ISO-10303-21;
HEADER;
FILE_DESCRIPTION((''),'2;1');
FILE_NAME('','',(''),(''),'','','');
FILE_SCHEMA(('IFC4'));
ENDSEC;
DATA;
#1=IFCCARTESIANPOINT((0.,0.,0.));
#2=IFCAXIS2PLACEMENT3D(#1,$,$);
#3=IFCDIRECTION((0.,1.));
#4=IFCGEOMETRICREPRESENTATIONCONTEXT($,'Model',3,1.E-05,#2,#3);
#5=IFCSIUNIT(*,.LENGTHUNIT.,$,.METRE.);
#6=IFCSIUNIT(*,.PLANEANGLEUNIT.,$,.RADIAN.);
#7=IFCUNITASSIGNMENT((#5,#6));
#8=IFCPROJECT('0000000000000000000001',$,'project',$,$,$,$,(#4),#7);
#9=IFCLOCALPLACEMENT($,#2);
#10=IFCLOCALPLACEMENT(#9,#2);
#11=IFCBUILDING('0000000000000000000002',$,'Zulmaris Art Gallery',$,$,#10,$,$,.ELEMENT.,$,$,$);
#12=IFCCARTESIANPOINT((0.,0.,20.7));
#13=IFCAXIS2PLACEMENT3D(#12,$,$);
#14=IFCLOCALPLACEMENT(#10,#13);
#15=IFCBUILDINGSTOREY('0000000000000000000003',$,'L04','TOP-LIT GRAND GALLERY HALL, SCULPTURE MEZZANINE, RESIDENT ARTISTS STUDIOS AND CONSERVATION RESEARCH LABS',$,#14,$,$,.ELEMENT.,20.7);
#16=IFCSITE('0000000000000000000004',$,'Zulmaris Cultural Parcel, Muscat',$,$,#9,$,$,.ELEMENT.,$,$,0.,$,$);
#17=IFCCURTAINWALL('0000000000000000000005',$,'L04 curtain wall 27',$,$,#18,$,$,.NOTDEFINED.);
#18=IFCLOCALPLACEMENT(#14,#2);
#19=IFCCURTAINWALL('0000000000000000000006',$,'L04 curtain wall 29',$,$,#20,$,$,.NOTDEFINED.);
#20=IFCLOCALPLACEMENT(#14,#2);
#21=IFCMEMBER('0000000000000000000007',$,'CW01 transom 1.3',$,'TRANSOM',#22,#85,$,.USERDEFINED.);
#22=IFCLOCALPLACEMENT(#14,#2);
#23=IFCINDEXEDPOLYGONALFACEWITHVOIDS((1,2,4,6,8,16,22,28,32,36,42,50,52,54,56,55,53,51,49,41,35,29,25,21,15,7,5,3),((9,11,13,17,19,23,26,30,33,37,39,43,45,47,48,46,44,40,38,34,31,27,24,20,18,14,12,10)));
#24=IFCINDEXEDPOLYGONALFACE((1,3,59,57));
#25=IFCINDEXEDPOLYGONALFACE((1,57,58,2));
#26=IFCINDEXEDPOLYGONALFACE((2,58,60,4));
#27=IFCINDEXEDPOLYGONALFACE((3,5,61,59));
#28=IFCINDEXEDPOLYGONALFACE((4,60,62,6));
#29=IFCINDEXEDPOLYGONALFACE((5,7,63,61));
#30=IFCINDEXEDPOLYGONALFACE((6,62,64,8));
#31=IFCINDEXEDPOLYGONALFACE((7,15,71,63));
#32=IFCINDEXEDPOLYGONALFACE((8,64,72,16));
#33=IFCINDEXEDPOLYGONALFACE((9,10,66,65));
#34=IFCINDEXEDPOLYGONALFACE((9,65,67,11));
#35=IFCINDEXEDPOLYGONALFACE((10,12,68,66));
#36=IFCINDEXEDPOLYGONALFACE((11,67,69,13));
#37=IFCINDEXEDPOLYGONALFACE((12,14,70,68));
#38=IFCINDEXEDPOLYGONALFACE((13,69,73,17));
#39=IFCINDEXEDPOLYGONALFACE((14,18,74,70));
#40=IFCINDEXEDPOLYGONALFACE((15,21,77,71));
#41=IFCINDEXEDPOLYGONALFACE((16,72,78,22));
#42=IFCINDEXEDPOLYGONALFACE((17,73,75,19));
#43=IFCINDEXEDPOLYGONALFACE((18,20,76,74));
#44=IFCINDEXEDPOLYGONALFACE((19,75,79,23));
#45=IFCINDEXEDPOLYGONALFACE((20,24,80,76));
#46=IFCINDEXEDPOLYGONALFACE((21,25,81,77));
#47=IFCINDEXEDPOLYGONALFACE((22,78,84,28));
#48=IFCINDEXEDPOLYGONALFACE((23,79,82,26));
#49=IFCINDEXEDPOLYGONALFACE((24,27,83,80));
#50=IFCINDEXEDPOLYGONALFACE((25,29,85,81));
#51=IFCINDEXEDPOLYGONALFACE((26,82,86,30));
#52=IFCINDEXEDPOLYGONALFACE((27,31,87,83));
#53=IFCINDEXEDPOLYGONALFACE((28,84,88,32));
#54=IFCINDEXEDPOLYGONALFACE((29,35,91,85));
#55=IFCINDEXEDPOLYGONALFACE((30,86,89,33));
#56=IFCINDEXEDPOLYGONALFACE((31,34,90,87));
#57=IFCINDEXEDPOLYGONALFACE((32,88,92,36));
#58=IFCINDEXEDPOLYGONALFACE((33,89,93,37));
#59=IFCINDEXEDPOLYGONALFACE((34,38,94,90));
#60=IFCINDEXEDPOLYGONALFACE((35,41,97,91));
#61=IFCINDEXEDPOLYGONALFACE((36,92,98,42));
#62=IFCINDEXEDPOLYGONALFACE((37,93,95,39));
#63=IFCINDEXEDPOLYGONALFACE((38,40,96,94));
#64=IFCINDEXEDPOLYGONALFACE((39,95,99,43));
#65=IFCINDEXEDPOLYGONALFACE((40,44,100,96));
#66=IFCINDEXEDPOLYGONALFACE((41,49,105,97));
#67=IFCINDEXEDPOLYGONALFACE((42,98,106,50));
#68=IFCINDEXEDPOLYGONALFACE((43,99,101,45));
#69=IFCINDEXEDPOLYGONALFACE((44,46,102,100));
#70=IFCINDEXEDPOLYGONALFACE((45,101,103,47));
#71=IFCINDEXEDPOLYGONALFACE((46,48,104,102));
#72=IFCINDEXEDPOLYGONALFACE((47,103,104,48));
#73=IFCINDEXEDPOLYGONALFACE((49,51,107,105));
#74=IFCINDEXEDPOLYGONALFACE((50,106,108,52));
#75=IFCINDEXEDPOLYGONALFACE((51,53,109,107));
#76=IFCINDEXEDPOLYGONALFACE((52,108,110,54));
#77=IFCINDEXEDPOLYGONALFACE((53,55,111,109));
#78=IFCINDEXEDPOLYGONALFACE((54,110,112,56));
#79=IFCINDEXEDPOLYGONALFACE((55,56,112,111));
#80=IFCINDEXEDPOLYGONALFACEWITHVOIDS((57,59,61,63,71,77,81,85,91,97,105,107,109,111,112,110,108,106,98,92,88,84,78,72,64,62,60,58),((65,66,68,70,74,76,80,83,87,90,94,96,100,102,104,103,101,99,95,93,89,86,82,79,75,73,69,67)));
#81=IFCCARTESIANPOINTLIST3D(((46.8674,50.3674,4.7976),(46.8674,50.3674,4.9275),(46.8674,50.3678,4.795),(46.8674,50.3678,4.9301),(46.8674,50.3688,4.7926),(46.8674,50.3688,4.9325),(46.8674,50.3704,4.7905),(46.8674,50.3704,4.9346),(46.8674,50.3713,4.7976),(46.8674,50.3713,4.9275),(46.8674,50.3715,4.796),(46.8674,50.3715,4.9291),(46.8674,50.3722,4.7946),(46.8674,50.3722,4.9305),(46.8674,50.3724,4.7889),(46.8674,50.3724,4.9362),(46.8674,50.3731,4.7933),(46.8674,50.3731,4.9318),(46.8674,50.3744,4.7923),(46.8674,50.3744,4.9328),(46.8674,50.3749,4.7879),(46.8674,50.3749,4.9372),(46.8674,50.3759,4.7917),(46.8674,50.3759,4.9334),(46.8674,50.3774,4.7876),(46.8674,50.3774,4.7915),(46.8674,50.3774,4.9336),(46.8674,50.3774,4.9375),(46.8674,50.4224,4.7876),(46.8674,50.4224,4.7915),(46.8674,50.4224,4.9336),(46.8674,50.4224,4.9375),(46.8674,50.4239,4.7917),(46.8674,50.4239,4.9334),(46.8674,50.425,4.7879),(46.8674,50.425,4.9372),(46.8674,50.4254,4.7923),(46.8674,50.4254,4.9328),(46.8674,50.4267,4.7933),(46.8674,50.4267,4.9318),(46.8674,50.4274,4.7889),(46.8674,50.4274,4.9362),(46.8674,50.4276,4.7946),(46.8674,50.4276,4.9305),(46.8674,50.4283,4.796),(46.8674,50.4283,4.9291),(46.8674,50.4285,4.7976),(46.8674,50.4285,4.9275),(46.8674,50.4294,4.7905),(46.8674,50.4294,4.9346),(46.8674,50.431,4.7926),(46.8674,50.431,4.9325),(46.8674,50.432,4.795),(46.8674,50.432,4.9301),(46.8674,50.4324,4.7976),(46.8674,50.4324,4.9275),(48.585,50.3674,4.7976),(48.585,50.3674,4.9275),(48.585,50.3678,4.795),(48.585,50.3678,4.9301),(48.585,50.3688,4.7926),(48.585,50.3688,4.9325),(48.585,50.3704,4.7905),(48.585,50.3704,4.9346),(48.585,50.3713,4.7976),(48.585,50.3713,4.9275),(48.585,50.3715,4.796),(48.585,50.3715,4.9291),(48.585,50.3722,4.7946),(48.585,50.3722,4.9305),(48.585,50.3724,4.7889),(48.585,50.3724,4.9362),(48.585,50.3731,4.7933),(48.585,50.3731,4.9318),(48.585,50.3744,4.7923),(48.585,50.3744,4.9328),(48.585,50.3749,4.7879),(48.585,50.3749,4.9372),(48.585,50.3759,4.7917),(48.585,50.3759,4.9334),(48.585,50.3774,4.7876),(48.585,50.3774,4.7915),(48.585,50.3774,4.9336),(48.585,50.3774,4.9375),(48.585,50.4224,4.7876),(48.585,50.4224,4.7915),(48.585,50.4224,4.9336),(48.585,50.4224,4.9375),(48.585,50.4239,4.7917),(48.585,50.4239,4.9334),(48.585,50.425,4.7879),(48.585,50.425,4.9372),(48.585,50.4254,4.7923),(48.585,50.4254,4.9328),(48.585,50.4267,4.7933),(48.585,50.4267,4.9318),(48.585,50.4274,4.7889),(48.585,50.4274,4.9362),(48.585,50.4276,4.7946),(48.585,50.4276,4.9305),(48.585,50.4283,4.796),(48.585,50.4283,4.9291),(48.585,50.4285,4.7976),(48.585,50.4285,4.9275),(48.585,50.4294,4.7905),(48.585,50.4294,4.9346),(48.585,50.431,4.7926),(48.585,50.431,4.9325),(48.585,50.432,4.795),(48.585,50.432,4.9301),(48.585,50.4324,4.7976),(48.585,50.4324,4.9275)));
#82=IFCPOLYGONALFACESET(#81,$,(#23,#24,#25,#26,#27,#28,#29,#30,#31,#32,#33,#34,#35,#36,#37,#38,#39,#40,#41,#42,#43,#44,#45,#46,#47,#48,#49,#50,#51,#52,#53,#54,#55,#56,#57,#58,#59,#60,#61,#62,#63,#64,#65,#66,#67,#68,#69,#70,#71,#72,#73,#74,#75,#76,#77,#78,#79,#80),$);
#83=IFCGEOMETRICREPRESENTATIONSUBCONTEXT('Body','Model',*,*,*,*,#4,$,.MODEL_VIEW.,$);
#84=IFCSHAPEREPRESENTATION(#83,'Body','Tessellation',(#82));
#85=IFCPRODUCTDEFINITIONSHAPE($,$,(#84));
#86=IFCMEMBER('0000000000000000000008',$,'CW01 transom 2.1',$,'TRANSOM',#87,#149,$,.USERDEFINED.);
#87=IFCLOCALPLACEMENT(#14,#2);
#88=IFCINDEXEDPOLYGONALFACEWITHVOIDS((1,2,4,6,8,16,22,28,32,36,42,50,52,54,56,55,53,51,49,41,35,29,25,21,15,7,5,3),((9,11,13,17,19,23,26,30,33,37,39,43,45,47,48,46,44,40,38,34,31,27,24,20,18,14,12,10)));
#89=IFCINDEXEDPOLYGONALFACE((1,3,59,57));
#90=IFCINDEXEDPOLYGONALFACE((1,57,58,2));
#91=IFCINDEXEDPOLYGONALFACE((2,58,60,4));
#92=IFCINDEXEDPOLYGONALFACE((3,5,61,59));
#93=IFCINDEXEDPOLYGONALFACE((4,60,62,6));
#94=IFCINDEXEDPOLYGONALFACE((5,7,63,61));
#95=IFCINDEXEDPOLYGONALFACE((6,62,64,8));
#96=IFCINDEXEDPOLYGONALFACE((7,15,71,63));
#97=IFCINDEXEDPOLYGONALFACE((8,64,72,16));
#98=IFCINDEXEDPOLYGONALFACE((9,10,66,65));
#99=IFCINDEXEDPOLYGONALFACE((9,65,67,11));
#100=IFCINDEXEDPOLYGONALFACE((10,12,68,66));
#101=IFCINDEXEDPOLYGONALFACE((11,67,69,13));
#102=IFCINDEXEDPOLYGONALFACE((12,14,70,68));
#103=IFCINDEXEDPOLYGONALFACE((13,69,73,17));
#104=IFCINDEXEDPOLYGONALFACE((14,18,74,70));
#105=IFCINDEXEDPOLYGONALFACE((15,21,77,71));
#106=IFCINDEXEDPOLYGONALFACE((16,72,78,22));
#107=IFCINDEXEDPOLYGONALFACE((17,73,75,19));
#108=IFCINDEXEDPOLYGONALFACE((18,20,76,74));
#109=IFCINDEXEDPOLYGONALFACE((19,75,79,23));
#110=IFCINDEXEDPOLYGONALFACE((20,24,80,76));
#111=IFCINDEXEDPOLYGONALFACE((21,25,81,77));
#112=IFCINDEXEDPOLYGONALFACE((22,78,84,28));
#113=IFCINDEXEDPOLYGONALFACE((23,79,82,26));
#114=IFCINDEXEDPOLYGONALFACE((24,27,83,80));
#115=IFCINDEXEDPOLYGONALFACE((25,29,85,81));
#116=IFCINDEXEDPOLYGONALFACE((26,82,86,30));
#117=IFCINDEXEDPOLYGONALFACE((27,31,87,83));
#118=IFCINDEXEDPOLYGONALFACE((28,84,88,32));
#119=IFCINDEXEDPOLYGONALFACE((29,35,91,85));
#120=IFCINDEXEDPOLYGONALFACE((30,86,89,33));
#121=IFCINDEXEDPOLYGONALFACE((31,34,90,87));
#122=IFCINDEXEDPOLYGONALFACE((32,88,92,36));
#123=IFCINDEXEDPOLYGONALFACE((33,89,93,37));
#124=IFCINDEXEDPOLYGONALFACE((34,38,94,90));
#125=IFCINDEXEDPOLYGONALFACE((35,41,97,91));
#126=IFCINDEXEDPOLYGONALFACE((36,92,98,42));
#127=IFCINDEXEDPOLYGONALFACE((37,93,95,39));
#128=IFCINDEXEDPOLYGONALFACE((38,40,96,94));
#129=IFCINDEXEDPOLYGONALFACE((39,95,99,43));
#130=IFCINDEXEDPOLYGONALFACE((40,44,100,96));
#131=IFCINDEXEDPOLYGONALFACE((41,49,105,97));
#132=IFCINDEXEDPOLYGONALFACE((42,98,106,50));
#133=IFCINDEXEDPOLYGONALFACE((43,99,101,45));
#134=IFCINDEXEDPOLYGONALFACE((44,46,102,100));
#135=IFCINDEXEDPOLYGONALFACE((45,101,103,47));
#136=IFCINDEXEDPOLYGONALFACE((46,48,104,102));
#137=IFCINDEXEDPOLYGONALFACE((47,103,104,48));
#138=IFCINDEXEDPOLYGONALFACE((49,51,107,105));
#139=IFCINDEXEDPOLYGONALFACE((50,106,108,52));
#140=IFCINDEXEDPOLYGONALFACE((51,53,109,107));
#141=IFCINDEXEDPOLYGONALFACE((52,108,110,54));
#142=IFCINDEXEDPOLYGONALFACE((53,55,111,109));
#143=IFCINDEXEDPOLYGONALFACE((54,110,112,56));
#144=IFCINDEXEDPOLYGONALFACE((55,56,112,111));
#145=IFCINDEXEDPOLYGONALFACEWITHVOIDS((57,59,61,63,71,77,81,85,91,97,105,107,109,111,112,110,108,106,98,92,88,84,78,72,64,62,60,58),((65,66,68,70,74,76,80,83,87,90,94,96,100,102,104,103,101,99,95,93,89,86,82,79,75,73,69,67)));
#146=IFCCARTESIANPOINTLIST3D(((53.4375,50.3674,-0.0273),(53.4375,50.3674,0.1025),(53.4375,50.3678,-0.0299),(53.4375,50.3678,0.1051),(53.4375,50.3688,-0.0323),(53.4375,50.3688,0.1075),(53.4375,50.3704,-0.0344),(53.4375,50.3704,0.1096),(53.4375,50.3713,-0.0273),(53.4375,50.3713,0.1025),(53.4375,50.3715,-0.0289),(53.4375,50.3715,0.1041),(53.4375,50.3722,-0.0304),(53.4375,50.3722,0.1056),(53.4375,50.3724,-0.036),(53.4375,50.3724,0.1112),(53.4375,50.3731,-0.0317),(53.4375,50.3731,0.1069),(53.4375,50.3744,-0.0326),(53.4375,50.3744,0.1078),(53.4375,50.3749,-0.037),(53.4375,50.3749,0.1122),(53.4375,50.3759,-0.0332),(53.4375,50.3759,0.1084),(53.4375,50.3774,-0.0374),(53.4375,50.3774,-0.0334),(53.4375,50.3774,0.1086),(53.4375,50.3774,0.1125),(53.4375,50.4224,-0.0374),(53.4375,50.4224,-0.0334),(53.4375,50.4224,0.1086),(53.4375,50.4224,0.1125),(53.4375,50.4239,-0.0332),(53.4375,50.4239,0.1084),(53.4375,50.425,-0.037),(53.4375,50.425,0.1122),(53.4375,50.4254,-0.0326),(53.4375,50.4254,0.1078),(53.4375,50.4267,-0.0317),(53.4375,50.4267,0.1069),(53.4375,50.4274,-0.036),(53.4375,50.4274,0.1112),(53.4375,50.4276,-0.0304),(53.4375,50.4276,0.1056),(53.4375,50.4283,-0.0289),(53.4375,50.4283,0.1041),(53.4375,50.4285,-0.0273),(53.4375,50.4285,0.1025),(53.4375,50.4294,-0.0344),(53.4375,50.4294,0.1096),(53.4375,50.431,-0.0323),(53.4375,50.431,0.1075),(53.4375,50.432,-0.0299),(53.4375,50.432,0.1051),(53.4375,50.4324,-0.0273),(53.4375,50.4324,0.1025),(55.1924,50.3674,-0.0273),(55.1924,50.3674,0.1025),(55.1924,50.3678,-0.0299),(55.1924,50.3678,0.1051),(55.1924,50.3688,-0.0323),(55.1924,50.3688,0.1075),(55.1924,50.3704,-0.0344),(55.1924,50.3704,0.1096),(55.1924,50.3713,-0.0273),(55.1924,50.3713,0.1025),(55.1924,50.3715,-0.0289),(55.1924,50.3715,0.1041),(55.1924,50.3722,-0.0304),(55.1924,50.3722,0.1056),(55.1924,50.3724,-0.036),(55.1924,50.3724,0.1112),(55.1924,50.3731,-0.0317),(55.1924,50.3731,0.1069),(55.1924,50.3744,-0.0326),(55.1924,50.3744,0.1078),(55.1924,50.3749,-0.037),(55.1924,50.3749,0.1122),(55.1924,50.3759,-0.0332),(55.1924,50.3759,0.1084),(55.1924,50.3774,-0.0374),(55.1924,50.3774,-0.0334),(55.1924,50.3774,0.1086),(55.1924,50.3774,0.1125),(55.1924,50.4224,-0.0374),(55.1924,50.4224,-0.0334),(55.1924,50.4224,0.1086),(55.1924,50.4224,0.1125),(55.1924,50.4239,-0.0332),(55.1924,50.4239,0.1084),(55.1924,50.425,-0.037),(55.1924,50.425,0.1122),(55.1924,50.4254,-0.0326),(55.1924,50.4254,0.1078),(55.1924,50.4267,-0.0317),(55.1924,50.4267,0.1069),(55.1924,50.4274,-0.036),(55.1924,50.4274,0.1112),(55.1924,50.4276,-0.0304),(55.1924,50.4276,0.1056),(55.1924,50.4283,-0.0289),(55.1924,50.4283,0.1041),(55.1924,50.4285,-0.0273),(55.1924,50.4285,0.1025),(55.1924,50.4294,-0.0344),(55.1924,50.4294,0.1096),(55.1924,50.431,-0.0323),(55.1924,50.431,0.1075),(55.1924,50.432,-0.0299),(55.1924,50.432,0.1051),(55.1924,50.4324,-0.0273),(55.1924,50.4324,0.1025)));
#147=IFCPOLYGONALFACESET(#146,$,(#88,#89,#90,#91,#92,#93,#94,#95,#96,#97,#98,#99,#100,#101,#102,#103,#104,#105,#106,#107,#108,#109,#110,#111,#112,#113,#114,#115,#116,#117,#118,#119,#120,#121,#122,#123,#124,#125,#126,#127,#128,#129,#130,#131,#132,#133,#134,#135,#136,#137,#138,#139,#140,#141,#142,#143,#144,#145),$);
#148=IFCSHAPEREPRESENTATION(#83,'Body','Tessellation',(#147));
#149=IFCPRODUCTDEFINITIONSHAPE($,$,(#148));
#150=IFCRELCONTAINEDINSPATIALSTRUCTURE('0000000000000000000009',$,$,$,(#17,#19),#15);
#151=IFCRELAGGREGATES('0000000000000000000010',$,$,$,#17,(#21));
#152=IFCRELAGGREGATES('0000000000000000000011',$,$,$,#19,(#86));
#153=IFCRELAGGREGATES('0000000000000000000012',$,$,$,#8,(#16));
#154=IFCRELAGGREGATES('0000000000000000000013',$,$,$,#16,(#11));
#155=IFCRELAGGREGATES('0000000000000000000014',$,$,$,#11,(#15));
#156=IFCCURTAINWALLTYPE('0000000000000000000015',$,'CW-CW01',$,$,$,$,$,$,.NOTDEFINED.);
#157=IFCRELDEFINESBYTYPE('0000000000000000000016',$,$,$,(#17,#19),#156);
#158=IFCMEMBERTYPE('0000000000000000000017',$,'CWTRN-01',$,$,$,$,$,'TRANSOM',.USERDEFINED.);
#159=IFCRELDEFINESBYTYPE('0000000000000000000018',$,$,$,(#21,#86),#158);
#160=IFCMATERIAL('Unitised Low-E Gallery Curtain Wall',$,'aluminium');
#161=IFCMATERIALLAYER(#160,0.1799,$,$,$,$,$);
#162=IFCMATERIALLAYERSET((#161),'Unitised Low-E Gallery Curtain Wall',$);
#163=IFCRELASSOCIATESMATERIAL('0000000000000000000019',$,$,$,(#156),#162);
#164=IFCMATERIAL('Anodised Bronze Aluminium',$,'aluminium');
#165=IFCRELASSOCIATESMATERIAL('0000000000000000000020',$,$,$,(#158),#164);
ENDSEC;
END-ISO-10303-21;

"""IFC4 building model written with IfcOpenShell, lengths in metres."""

from ifc_helpers import new_model, si_unit, direction, frame, origin, origin_2d, place, context, subcontext, project, spatial, hollow_rectangle, extrude, material, layer, layer_set, material_profile, profile_set, type_object, element, aggregate, save


model = new_model("IFC4")

# Units and contexts
model_context = context("Model", 3, precision=1e-05, world=origin(), true_north=direction((0.0, 1.0)))
body_context = subcontext(model_context, "Body", "Model", "MODEL_VIEW")
ifc_project = project(units=[si_unit("LENGTHUNIT", "METRE"), si_unit("PLANEANGLEUNIT", "RADIAN")], contexts=[model_context])

# Site, building, storey
site_placement = place(None, origin())
site = spatial("IfcSite", under=ifc_project, at=site_placement, Name="Zulmaris Cultural Parcel, Muscat", CompositionType="ELEMENT", RefElevation=0.0)
building_placement = place(site_placement, origin())
building = spatial("IfcBuilding", under=site, at=building_placement, Name="Zulmaris Art Gallery", CompositionType="ELEMENT")
storey_placement = place(building_placement, frame((0.0, 0.0, 20.7)))
storey = spatial("IfcBuildingStorey", under=building, at=storey_placement, Name="L04", Description="TOP-LIT GRAND GALLERY HALL, SCULPTURE MEZZANINE, RESIDENT ARTISTS STUDIOS AND CONSERVATION RESEARCH LABS", CompositionType="ELEMENT", Elevation=20.7)

# Curtain wall
ifc_material_1 = material(Name="Unitised Low-E Gallery Curtain Wall", Category="aluminium")
ifc_layer_1 = layer(ifc_material_1, 0.1799)
ifc_layer_set_1 = layer_set([ifc_layer_1], Name="Unitised Low-E Gallery Curtain Wall")
curtain_wall_type = type_object("IfcCurtainWallType", Name="CW-CW01", PredefinedType="NOTDEFINED", material=ifc_layer_set_1)
curtain_wall_1_placement = place(storey_placement, origin())
curtain_wall_1 = element("IfcCurtainWall", 1, at=curtain_wall_1_placement, inside=storey, type_object=curtain_wall_type, Name="L04 curtain wall 27", PredefinedType="NOTDEFINED")
ifc_material_2 = material(Name="Anodised Bronze Aluminium", Category="aluminium")

# Curtain wall
curtain_wall_2_placement = place(storey_placement, origin())
curtain_wall_2 = element("IfcCurtainWall", 2, at=curtain_wall_2_placement, inside=storey, type_object=curtain_wall_type, Name="L04 curtain wall 29", PredefinedType="NOTDEFINED")

# Members
ifc_material_profile_1 = material_profile(ifc_material_2, hollow_rectangle(XDim=0.0649, YDim=0.1499, WallThickness=0.0039, InnerFilletRadius=0.0061, OuterFilletRadius=0.01, at=origin_2d()), Name="ALU 65x150x4")
ifc_profile_set_1 = profile_set([ifc_material_profile_1], Name="Anodised Bronze Aluminium")
member_type_1 = type_object("IfcMemberType", Name="CWTRN-01", ElementType="TRANSOM", PredefinedType="USERDEFINED", material=ifc_profile_set_1)
member_1_placement = place(storey_placement, frame((48.585, 50.3999, 4.8625), z_axis=(-1.0, 0.0, 0.0), x_axis=(0.0, -1.0, 0.0)))
member_1 = element("IfcMember", 3, at=member_1_placement, type_object=member_type_1, Name="CW01 transom 1.3", ObjectType="TRANSOM", PredefinedType="USERDEFINED", context=body_context, shape_type="SweptSolid", body=[
    extrude(hollow_rectangle(XDim=0.0649, YDim=0.1499, WallThickness=0.0039, InnerFilletRadius=0.0061, OuterFilletRadius=0.01, at=origin_2d()), origin(), (0.0, 0.0, 1.0), 1.7175),
])
aggregate(curtain_wall_1, [member_1])
member_2_placement = place(storey_placement, frame((55.1924, 50.3999, 0.0376), z_axis=(-1.0, 0.0, 0.0), x_axis=(0.0, -1.0, 0.0)))
member_2 = element("IfcMember", 4, at=member_2_placement, type_object=member_type_1, Name="CW01 transom 2.1", ObjectType="TRANSOM", PredefinedType="USERDEFINED", context=body_context, shape_type="SweptSolid", body=[
    extrude(hollow_rectangle(XDim=0.0649, YDim=0.1499, WallThickness=0.0039, InnerFilletRadius=0.0061, OuterFilletRadius=0.01, at=origin_2d()), origin(), (0.0, 0.0, 1.0), 1.7549),
])

aggregate(curtain_wall_2, [member_2])

save(model, "model.ifc")
